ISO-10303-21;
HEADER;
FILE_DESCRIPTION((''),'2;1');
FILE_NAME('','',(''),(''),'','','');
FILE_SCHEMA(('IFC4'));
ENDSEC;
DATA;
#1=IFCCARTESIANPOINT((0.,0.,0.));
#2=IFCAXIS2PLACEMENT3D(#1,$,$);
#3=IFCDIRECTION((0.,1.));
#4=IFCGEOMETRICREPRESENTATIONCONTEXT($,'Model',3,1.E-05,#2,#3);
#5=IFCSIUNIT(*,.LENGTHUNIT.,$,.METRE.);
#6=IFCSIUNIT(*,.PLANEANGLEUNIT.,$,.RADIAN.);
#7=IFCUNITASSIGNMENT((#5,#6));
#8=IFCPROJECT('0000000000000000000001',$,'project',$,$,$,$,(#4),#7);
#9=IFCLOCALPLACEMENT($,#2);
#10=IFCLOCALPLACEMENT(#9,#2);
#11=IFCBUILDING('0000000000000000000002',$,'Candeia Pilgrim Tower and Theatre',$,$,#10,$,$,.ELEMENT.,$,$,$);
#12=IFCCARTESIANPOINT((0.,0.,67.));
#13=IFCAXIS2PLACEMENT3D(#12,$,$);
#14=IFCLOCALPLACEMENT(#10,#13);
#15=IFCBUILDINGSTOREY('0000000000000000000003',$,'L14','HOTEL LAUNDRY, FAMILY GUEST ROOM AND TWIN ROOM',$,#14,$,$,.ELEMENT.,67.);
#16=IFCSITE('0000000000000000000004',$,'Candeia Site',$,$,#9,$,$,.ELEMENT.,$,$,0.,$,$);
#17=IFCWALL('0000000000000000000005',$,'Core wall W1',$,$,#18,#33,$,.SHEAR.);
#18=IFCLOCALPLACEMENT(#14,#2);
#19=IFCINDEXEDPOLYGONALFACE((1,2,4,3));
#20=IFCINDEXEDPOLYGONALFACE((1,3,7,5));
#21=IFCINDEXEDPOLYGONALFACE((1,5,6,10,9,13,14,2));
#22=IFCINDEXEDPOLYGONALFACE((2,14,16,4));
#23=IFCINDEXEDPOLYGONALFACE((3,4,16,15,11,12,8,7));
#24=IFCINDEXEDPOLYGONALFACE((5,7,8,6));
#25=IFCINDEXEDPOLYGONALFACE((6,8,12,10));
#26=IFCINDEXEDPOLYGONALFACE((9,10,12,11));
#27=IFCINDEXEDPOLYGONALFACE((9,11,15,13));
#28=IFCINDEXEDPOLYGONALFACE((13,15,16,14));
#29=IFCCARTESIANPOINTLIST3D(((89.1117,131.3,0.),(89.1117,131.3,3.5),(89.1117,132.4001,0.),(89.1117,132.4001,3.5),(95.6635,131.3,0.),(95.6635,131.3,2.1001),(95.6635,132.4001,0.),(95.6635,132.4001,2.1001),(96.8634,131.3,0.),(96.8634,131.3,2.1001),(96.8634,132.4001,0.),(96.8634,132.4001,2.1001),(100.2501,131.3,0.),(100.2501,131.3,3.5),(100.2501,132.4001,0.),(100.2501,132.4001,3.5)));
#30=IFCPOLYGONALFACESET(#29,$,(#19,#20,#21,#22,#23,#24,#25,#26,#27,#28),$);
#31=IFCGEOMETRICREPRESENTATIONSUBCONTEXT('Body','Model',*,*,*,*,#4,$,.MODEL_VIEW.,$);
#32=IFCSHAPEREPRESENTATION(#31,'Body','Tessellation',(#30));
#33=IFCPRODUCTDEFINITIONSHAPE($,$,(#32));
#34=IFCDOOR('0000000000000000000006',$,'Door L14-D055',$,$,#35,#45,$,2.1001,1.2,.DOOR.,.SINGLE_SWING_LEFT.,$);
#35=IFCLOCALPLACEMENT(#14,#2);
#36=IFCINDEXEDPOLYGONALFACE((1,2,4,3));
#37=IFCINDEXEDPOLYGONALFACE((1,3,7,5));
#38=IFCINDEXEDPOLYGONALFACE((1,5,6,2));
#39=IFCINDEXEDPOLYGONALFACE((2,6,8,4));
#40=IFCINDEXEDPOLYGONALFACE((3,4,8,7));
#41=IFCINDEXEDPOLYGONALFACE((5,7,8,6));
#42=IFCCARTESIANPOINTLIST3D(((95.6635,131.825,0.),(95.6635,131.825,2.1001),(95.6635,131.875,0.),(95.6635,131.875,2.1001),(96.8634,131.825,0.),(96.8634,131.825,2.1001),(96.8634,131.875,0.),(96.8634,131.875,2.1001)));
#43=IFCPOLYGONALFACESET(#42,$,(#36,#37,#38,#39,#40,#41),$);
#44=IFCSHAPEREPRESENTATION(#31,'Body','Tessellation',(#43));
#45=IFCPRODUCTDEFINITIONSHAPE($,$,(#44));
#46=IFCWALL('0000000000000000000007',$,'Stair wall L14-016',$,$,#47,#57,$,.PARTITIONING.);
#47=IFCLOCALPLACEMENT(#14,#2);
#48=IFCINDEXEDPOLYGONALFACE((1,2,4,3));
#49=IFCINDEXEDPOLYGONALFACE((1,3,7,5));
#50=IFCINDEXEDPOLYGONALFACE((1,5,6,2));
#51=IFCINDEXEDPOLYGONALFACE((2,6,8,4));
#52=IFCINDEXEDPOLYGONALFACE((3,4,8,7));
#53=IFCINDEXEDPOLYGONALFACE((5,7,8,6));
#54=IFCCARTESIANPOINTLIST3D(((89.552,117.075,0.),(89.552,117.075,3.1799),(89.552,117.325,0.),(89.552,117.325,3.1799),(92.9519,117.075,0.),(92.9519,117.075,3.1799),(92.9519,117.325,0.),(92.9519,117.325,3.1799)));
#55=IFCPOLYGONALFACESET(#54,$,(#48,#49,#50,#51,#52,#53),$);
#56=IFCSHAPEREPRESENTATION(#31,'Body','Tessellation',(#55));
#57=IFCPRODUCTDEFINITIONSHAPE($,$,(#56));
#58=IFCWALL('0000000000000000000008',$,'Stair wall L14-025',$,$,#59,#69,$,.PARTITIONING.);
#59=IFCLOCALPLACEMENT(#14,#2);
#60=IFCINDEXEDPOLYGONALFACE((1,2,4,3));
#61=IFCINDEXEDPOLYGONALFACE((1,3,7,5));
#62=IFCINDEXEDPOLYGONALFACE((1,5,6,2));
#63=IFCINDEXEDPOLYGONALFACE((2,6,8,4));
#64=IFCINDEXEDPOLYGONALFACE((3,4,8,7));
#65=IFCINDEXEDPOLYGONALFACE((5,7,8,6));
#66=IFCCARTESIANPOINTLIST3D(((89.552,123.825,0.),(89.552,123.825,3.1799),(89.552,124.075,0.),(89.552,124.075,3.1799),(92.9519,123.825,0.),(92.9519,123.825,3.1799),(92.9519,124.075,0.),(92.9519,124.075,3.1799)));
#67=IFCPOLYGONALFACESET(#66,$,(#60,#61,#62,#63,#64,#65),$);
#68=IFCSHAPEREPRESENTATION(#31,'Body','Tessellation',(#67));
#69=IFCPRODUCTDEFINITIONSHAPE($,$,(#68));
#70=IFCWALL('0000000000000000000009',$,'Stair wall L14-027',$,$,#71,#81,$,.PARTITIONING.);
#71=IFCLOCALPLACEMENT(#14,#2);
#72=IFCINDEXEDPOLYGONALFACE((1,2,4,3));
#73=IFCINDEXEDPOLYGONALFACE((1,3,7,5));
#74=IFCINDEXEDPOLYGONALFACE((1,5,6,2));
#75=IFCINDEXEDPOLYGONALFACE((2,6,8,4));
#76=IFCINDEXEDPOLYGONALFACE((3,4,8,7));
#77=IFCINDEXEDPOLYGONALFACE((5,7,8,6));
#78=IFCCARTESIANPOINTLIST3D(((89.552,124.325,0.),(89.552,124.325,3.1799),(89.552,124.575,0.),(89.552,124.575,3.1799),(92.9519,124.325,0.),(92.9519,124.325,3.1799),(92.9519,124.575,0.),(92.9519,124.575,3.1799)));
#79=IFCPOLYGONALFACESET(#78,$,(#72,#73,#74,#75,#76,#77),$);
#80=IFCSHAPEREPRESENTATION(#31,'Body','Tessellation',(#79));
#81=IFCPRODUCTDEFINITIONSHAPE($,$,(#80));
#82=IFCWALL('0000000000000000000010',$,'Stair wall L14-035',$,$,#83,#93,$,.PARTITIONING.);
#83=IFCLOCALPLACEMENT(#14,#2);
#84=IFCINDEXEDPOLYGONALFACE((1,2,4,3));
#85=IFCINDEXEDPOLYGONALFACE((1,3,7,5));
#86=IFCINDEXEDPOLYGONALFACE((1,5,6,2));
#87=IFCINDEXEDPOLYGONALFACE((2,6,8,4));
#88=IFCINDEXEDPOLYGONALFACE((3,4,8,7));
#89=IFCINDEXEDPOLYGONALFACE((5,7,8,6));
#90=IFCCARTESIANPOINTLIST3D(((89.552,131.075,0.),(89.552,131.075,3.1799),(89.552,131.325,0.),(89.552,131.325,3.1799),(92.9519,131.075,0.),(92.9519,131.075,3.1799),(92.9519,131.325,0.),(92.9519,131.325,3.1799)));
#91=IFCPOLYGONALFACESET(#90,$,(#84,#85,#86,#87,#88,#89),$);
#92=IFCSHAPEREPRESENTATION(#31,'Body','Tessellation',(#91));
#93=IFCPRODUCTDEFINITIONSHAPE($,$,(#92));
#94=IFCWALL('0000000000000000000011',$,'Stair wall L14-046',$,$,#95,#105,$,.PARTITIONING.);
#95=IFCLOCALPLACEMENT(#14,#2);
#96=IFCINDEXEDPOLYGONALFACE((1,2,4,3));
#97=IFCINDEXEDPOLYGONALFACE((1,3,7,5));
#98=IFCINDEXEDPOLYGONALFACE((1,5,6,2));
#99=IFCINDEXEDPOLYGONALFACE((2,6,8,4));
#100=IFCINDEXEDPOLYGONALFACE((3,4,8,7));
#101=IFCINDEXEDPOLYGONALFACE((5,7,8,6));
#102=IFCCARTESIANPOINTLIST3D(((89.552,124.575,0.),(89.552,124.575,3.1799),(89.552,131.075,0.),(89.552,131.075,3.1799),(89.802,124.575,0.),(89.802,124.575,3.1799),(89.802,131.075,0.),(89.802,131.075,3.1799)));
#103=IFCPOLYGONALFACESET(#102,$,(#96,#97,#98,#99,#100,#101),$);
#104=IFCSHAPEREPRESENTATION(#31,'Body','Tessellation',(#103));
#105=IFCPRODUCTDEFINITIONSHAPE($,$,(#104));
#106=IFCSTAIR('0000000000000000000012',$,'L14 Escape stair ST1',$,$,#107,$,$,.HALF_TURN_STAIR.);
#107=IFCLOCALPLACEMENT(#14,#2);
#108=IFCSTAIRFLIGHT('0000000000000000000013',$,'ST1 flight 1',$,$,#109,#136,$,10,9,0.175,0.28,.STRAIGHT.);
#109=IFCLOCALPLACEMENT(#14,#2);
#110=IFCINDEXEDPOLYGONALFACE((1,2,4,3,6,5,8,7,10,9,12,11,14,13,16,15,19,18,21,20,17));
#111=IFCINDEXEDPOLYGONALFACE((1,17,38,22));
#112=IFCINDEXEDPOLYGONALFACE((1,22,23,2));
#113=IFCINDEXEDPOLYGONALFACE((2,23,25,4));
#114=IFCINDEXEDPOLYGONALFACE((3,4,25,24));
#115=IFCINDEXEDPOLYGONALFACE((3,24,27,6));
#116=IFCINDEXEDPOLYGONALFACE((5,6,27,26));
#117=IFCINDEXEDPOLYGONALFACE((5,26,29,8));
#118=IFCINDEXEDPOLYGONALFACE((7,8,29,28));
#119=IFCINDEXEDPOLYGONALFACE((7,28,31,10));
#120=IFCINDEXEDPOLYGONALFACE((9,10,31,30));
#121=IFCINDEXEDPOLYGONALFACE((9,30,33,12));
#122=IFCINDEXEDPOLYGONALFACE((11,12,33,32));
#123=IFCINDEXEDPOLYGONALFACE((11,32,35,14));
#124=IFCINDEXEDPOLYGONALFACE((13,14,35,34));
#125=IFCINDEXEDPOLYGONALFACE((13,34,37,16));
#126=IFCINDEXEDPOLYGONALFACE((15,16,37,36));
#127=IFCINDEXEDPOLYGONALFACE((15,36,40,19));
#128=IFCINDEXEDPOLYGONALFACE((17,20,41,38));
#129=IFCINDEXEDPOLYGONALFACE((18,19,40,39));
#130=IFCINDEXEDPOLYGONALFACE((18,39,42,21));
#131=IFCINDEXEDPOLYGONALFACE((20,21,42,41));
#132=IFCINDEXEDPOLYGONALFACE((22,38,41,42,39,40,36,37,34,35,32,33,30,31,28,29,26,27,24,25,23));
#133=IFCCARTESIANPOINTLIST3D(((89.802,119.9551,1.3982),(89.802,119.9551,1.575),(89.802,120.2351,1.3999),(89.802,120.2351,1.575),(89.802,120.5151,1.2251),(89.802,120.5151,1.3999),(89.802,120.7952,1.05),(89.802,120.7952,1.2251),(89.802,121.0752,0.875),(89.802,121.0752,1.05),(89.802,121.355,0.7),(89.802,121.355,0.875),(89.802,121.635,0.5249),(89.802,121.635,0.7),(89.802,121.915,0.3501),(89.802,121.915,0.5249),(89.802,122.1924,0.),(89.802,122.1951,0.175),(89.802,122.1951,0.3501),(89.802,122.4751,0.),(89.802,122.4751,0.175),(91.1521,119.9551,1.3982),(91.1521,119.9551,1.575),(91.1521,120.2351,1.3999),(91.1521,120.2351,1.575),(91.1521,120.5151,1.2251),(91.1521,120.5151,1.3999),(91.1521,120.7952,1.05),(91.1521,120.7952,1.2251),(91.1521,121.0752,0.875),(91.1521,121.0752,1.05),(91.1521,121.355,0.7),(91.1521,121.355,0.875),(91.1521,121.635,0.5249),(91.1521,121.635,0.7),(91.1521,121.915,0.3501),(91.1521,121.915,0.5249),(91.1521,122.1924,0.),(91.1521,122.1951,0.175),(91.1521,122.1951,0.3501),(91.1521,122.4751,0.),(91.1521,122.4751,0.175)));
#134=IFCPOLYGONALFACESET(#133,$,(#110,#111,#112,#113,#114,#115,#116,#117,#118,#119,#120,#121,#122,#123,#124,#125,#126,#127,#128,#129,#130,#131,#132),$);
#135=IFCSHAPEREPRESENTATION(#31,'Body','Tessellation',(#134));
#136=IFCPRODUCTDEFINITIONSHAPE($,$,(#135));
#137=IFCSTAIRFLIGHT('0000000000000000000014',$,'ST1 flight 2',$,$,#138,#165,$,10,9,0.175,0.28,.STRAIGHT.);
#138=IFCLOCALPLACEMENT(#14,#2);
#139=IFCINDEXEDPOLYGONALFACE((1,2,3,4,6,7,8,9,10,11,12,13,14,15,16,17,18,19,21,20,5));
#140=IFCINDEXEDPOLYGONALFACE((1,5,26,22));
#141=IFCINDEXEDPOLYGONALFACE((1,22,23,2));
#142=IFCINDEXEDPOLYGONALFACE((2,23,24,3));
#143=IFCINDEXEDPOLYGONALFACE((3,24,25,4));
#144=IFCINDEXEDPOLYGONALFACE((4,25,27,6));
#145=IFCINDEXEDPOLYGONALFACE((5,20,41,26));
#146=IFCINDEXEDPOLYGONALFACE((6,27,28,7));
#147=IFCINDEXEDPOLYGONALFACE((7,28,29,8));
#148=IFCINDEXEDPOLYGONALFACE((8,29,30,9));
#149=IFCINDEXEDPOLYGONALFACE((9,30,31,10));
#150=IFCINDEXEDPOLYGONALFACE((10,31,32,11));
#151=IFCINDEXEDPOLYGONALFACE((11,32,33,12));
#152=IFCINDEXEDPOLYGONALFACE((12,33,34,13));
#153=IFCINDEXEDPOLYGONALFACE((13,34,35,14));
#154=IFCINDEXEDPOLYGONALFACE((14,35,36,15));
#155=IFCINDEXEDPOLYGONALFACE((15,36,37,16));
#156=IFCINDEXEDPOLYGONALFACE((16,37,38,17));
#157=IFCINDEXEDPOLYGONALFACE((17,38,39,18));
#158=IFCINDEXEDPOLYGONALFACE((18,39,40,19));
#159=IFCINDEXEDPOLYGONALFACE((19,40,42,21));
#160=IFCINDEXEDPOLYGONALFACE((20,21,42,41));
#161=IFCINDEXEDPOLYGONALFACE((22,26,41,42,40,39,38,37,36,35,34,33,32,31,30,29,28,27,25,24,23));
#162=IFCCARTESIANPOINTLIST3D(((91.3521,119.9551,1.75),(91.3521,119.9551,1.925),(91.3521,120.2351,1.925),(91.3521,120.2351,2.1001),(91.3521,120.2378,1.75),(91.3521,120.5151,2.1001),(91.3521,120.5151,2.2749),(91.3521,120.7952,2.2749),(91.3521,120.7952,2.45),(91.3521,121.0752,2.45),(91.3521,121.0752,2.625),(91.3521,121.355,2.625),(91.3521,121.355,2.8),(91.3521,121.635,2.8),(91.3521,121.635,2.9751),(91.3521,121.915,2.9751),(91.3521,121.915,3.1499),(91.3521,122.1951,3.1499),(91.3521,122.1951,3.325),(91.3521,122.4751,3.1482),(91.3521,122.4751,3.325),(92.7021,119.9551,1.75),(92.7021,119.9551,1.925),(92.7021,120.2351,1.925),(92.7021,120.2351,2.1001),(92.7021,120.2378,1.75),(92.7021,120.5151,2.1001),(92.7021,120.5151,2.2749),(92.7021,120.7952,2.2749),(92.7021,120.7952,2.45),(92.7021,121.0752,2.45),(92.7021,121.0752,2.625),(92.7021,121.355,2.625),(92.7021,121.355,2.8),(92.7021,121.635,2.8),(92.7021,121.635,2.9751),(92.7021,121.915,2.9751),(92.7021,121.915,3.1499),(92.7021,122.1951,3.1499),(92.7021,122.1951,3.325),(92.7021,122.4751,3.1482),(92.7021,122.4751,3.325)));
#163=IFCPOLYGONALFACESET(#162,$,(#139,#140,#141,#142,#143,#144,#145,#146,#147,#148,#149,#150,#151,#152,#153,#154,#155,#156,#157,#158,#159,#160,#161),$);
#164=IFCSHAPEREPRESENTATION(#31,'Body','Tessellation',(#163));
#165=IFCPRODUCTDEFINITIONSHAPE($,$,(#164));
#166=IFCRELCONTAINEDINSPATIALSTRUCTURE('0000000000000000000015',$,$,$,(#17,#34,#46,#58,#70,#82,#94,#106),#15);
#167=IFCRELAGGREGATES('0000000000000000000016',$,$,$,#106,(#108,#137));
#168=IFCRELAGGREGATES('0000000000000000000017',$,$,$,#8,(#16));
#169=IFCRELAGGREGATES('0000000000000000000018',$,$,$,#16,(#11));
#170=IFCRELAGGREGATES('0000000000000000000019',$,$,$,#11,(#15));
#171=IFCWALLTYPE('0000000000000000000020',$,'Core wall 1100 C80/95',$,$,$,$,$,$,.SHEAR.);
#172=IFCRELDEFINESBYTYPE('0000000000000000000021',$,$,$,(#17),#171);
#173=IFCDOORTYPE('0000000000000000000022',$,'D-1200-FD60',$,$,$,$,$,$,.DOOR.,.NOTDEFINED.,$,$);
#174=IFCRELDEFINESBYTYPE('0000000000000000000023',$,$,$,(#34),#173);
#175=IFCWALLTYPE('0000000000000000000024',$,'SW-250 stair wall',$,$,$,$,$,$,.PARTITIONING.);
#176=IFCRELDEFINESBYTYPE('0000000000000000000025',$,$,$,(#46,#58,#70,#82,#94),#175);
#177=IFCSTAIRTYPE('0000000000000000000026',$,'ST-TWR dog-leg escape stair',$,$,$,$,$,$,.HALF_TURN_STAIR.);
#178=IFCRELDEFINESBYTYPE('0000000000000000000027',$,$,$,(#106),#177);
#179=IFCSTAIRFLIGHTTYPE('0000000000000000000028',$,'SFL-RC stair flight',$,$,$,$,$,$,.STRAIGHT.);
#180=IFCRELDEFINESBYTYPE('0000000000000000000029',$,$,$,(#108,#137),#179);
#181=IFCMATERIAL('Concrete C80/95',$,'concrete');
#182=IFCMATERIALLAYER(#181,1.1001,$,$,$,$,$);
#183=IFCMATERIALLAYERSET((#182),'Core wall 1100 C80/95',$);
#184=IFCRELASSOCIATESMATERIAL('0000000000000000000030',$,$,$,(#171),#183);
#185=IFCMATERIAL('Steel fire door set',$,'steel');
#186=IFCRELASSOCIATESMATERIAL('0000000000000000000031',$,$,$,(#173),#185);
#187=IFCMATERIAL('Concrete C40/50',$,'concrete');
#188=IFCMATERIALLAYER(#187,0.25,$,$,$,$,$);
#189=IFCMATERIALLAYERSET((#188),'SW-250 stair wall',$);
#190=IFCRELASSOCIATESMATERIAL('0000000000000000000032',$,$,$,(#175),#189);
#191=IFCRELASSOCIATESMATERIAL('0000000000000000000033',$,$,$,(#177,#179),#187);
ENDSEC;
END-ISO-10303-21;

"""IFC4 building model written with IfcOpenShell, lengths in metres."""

from ifc_helpers import new_model, si_unit, direction, frame, frame_2d, origin, place, context, subcontext, project, spatial, polyline, rectangle, outline, extrude, material, layer, layer_set, type_object, element, fill, aggregate, save


model = new_model("IFC4")

# Units and contexts
model_context = context("Model", 3, precision=1e-05, world=origin(), true_north=direction((0.0, 1.0)))
body_context = subcontext(model_context, "Body", "Model", "MODEL_VIEW")
ifc_project = project(units=[si_unit("LENGTHUNIT", "METRE"), si_unit("PLANEANGLEUNIT", "RADIAN")], contexts=[model_context])

# Site, building, storey
site_placement = place(None, origin())
site = spatial("IfcSite", under=ifc_project, at=site_placement, Name="Candeia Site", CompositionType="ELEMENT", RefElevation=0.0)
building_placement = place(site_placement, origin())
building = spatial("IfcBuilding", under=site, at=building_placement, Name="Candeia Pilgrim Tower and Theatre", CompositionType="ELEMENT")
storey_placement = place(building_placement, frame((0.0, 0.0, 67.0)))
storey = spatial("IfcBuildingStorey", under=building, at=storey_placement, Name="L14", Description="HOTEL LAUNDRY, FAMILY GUEST ROOM AND TWIN ROOM", CompositionType="ELEMENT", Elevation=67.0)

# Wall, opening, door
ifc_material_1 = material(Name="Concrete C80/95", Category="concrete")
ifc_layer_1 = layer(ifc_material_1, 1.1001)
ifc_layer_set_1 = layer_set([ifc_layer_1], Name="Core wall 1100 C80/95")
wall_type_1 = type_object("IfcWallType", Name="Core wall 1100 C80/95", PredefinedType="SHEAR", material=ifc_layer_set_1)
wall_1_placement = place(storey_placement, frame((89.1116, 131.8501, 0.0), z_axis=(0.0, 0.0, 1.0), x_axis=(1.0, 0.0, 0.0)))
wall_1 = element("IfcWall", 1, at=wall_1_placement, inside=storey, type_object=wall_type_1, Name="Core wall W1", PredefinedType="SHEAR", context=body_context, shape_type="SweptSolid", body=[
    extrude(rectangle(XDim=11.1384, YDim=1.1001, at=frame_2d((5.5693, 0.0))), origin(), (0.0, 0.0, 1.0), 3.5),
])
opening_placement = place(wall_1_placement, frame((6.5518, 0.0, 0.0)))
opening = element("IfcOpeningElement", 2, at=opening_placement, cuts=wall_1, PredefinedType="OPENING", context=body_context, shape_type="SweptSolid", body=[
    extrude(rectangle(XDim=1.2, YDim=2.1001, at=frame_2d((0.6001, 1.05))), frame((0.0, 0.5601, 0.0), z_axis=(0.0, -1.0, 0.0), x_axis=(1.0, 0.0, 0.0)), (0.0, 0.0, 1.0), 1.1201),
])
ifc_material_2 = material(Name="Steel fire door set", Category="steel")
door_type = type_object("IfcDoorType", Name="D-1200-FD60", OperationType="NOTDEFINED", PredefinedType="DOOR", material=ifc_material_2)
door_placement = place(opening_placement, origin())
door = element("IfcDoor", 3, at=door_placement, inside=storey, type_object=door_type, Name="Door L14-D055", OperationType="SINGLE_SWING_LEFT", OverallHeight=2.1001, OverallWidth=1.2, PredefinedType="DOOR", context=body_context, shape_type="SweptSolid", body=[
    extrude(rectangle(XDim=1.2, YDim=2.1001, at=frame_2d((0.6001, 1.05))), frame((0.0, 0.0249, 0.0), z_axis=(0.0, -1.0, 0.0), x_axis=(1.0, 0.0, 0.0)), (0.0, 0.0, 1.0), 0.05),
])
fill(opening, door)

# Walls
ifc_material_3 = material(Name="Concrete C40/50", Category="concrete")
ifc_layer_2 = layer(ifc_material_3, 0.25)
ifc_layer_set_2 = layer_set([ifc_layer_2], Name="SW-250 stair wall")
wall_type_2 = type_object("IfcWallType", Name="SW-250 stair wall", PredefinedType="PARTITIONING", material=ifc_layer_set_2)
for number, where, z_axis, x_axis, name in (
    (4, (89.552, 117.2, 0.0), (0.0, 0.0, 1.0), (1.0, 0.0, 0.0), "Stair wall L14-016"),
    (5, (89.552, 123.95, 0.0), (0.0, 0.0, 1.0), (1.0, 0.0, 0.0), "Stair wall L14-025"),
    (6, (89.552, 124.45, 0.0), (0.0, 0.0, 1.0), (1.0, 0.0, 0.0), "Stair wall L14-027"),
    (7, (89.552, 131.2, 0.0), (0.0, 0.0, 1.0), (1.0, 0.0, 0.0), "Stair wall L14-035"),
):
    element("IfcWall", number, at=place(storey_placement, frame(where, z_axis=z_axis, x_axis=x_axis)), inside=storey, type_object=wall_type_2, Name=name, PredefinedType="PARTITIONING", context=body_context, shape_type="SweptSolid", body=[
        extrude(rectangle(XDim=3.3999, YDim=0.25, at=frame_2d((1.7, 0.0))), origin(), (0.0, 0.0, 1.0), 3.1799),
    ])
wall_2_placement = place(storey_placement, frame((89.677, 124.575, 0.0), z_axis=(0.0, 0.0, 1.0), x_axis=(0.0, 1.0, 0.0)))
element("IfcWall", 8, at=wall_2_placement, inside=storey, type_object=wall_type_2, Name="Stair wall L14-046", PredefinedType="PARTITIONING", context=body_context, shape_type="SweptSolid", body=[
    extrude(rectangle(XDim=6.5, YDim=0.25, at=frame_2d((3.25, 0.0))), origin(), (0.0, 0.0, 1.0), 3.1799),
])

# Stair, stair flights
stair_type = type_object("IfcStairType", Name="ST-TWR dog-leg escape stair", PredefinedType="HALF_TURN_STAIR", material=ifc_material_3)
stair_1_placement = place(storey_placement, origin())
stair_1 = element("IfcStair", 9, at=stair_1_placement, inside=storey, type_object=stair_type, Name="L14 Escape stair ST1", PredefinedType="HALF_TURN_STAIR")
stair_flight_type = type_object("IfcStairFlightType", Name="SFL-RC stair flight", PredefinedType="STRAIGHT", material=ifc_material_3)
stair_flight_1_placement = place(storey_placement, frame((90.4771, 122.4751, 0.0), z_axis=(0.0, 0.0, 1.0), x_axis=(0.0, -1.0, 0.0)))
stair_flight_1 = element("IfcStairFlight", 10, at=stair_flight_1_placement, type_object=stair_flight_type, Name="ST1 flight 1", NumberOfRisers=10, NumberOfTreads=9, PredefinedType="STRAIGHT", RiserHeight=0.175, TreadLength=0.28, context=body_context, shape_type="SweptSolid", body=[
    extrude(outline(polyline([(0.0, 0.0), (0.0, 0.175), (0.28, 0.175), (0.28, 0.3501), (0.5601, 0.3501), (0.5601, 0.5249), (0.8401, 0.5249), (0.8401, 0.7), (1.1201, 0.7), (1.1201, 0.875), (1.3999, 0.875), (1.3999, 1.05), (1.6799, 1.05), (1.6799, 1.2251), (1.96, 1.2251), (1.96, 1.3999), (2.24, 1.3999), (2.24, 1.575), (2.52, 1.575), (2.52, 1.75), (2.52, 1.3982), (0.2827, 0.0), (0.0, 0.0)])), frame((0.0, 0.675, 0.0), z_axis=(0.0, -1.0, 0.0), x_axis=(1.0, 0.0, 0.0)), (0.0, 0.0, 1.0), 1.3501),
])
stair_flight_2_placement = place(storey_placement, frame((92.0271, 119.9551, 1.75), z_axis=(0.0, 0.0, 1.0), x_axis=(0.0, 1.0, 0.0)))
stair_flight_2 = element("IfcStairFlight", 11, at=stair_flight_2_placement, type_object=stair_flight_type, Name="ST1 flight 2", NumberOfRisers=10, NumberOfTreads=9, PredefinedType="STRAIGHT", RiserHeight=0.175, TreadLength=0.28, context=body_context, shape_type="SweptSolid", body=[
    extrude(outline(polyline([(0.0, 0.0), (0.0, 0.175), (0.28, 0.175), (0.28, 0.3501), (0.5601, 0.3501), (0.5601, 0.5249), (0.8401, 0.5249), (0.8401, 0.7), (1.1201, 0.7), (1.1201, 0.875), (1.3999, 0.875), (1.3999, 1.05), (1.6799, 1.05), (1.6799, 1.2251), (1.96, 1.2251), (1.96, 1.3999), (2.24, 1.3999), (2.24, 1.575), (2.52, 1.575), (2.52, 1.75), (2.52, 1.3982), (0.2827, 0.0), (0.0, 0.0)])), frame((0.0, 0.675, 0.0), z_axis=(0.0, -1.0, 0.0), x_axis=(1.0, 0.0, 0.0)), (0.0, 0.0, 1.0), 1.3501),
])
aggregate(stair_1, [stair_flight_1, stair_flight_2])

save(model, "model.ifc")
